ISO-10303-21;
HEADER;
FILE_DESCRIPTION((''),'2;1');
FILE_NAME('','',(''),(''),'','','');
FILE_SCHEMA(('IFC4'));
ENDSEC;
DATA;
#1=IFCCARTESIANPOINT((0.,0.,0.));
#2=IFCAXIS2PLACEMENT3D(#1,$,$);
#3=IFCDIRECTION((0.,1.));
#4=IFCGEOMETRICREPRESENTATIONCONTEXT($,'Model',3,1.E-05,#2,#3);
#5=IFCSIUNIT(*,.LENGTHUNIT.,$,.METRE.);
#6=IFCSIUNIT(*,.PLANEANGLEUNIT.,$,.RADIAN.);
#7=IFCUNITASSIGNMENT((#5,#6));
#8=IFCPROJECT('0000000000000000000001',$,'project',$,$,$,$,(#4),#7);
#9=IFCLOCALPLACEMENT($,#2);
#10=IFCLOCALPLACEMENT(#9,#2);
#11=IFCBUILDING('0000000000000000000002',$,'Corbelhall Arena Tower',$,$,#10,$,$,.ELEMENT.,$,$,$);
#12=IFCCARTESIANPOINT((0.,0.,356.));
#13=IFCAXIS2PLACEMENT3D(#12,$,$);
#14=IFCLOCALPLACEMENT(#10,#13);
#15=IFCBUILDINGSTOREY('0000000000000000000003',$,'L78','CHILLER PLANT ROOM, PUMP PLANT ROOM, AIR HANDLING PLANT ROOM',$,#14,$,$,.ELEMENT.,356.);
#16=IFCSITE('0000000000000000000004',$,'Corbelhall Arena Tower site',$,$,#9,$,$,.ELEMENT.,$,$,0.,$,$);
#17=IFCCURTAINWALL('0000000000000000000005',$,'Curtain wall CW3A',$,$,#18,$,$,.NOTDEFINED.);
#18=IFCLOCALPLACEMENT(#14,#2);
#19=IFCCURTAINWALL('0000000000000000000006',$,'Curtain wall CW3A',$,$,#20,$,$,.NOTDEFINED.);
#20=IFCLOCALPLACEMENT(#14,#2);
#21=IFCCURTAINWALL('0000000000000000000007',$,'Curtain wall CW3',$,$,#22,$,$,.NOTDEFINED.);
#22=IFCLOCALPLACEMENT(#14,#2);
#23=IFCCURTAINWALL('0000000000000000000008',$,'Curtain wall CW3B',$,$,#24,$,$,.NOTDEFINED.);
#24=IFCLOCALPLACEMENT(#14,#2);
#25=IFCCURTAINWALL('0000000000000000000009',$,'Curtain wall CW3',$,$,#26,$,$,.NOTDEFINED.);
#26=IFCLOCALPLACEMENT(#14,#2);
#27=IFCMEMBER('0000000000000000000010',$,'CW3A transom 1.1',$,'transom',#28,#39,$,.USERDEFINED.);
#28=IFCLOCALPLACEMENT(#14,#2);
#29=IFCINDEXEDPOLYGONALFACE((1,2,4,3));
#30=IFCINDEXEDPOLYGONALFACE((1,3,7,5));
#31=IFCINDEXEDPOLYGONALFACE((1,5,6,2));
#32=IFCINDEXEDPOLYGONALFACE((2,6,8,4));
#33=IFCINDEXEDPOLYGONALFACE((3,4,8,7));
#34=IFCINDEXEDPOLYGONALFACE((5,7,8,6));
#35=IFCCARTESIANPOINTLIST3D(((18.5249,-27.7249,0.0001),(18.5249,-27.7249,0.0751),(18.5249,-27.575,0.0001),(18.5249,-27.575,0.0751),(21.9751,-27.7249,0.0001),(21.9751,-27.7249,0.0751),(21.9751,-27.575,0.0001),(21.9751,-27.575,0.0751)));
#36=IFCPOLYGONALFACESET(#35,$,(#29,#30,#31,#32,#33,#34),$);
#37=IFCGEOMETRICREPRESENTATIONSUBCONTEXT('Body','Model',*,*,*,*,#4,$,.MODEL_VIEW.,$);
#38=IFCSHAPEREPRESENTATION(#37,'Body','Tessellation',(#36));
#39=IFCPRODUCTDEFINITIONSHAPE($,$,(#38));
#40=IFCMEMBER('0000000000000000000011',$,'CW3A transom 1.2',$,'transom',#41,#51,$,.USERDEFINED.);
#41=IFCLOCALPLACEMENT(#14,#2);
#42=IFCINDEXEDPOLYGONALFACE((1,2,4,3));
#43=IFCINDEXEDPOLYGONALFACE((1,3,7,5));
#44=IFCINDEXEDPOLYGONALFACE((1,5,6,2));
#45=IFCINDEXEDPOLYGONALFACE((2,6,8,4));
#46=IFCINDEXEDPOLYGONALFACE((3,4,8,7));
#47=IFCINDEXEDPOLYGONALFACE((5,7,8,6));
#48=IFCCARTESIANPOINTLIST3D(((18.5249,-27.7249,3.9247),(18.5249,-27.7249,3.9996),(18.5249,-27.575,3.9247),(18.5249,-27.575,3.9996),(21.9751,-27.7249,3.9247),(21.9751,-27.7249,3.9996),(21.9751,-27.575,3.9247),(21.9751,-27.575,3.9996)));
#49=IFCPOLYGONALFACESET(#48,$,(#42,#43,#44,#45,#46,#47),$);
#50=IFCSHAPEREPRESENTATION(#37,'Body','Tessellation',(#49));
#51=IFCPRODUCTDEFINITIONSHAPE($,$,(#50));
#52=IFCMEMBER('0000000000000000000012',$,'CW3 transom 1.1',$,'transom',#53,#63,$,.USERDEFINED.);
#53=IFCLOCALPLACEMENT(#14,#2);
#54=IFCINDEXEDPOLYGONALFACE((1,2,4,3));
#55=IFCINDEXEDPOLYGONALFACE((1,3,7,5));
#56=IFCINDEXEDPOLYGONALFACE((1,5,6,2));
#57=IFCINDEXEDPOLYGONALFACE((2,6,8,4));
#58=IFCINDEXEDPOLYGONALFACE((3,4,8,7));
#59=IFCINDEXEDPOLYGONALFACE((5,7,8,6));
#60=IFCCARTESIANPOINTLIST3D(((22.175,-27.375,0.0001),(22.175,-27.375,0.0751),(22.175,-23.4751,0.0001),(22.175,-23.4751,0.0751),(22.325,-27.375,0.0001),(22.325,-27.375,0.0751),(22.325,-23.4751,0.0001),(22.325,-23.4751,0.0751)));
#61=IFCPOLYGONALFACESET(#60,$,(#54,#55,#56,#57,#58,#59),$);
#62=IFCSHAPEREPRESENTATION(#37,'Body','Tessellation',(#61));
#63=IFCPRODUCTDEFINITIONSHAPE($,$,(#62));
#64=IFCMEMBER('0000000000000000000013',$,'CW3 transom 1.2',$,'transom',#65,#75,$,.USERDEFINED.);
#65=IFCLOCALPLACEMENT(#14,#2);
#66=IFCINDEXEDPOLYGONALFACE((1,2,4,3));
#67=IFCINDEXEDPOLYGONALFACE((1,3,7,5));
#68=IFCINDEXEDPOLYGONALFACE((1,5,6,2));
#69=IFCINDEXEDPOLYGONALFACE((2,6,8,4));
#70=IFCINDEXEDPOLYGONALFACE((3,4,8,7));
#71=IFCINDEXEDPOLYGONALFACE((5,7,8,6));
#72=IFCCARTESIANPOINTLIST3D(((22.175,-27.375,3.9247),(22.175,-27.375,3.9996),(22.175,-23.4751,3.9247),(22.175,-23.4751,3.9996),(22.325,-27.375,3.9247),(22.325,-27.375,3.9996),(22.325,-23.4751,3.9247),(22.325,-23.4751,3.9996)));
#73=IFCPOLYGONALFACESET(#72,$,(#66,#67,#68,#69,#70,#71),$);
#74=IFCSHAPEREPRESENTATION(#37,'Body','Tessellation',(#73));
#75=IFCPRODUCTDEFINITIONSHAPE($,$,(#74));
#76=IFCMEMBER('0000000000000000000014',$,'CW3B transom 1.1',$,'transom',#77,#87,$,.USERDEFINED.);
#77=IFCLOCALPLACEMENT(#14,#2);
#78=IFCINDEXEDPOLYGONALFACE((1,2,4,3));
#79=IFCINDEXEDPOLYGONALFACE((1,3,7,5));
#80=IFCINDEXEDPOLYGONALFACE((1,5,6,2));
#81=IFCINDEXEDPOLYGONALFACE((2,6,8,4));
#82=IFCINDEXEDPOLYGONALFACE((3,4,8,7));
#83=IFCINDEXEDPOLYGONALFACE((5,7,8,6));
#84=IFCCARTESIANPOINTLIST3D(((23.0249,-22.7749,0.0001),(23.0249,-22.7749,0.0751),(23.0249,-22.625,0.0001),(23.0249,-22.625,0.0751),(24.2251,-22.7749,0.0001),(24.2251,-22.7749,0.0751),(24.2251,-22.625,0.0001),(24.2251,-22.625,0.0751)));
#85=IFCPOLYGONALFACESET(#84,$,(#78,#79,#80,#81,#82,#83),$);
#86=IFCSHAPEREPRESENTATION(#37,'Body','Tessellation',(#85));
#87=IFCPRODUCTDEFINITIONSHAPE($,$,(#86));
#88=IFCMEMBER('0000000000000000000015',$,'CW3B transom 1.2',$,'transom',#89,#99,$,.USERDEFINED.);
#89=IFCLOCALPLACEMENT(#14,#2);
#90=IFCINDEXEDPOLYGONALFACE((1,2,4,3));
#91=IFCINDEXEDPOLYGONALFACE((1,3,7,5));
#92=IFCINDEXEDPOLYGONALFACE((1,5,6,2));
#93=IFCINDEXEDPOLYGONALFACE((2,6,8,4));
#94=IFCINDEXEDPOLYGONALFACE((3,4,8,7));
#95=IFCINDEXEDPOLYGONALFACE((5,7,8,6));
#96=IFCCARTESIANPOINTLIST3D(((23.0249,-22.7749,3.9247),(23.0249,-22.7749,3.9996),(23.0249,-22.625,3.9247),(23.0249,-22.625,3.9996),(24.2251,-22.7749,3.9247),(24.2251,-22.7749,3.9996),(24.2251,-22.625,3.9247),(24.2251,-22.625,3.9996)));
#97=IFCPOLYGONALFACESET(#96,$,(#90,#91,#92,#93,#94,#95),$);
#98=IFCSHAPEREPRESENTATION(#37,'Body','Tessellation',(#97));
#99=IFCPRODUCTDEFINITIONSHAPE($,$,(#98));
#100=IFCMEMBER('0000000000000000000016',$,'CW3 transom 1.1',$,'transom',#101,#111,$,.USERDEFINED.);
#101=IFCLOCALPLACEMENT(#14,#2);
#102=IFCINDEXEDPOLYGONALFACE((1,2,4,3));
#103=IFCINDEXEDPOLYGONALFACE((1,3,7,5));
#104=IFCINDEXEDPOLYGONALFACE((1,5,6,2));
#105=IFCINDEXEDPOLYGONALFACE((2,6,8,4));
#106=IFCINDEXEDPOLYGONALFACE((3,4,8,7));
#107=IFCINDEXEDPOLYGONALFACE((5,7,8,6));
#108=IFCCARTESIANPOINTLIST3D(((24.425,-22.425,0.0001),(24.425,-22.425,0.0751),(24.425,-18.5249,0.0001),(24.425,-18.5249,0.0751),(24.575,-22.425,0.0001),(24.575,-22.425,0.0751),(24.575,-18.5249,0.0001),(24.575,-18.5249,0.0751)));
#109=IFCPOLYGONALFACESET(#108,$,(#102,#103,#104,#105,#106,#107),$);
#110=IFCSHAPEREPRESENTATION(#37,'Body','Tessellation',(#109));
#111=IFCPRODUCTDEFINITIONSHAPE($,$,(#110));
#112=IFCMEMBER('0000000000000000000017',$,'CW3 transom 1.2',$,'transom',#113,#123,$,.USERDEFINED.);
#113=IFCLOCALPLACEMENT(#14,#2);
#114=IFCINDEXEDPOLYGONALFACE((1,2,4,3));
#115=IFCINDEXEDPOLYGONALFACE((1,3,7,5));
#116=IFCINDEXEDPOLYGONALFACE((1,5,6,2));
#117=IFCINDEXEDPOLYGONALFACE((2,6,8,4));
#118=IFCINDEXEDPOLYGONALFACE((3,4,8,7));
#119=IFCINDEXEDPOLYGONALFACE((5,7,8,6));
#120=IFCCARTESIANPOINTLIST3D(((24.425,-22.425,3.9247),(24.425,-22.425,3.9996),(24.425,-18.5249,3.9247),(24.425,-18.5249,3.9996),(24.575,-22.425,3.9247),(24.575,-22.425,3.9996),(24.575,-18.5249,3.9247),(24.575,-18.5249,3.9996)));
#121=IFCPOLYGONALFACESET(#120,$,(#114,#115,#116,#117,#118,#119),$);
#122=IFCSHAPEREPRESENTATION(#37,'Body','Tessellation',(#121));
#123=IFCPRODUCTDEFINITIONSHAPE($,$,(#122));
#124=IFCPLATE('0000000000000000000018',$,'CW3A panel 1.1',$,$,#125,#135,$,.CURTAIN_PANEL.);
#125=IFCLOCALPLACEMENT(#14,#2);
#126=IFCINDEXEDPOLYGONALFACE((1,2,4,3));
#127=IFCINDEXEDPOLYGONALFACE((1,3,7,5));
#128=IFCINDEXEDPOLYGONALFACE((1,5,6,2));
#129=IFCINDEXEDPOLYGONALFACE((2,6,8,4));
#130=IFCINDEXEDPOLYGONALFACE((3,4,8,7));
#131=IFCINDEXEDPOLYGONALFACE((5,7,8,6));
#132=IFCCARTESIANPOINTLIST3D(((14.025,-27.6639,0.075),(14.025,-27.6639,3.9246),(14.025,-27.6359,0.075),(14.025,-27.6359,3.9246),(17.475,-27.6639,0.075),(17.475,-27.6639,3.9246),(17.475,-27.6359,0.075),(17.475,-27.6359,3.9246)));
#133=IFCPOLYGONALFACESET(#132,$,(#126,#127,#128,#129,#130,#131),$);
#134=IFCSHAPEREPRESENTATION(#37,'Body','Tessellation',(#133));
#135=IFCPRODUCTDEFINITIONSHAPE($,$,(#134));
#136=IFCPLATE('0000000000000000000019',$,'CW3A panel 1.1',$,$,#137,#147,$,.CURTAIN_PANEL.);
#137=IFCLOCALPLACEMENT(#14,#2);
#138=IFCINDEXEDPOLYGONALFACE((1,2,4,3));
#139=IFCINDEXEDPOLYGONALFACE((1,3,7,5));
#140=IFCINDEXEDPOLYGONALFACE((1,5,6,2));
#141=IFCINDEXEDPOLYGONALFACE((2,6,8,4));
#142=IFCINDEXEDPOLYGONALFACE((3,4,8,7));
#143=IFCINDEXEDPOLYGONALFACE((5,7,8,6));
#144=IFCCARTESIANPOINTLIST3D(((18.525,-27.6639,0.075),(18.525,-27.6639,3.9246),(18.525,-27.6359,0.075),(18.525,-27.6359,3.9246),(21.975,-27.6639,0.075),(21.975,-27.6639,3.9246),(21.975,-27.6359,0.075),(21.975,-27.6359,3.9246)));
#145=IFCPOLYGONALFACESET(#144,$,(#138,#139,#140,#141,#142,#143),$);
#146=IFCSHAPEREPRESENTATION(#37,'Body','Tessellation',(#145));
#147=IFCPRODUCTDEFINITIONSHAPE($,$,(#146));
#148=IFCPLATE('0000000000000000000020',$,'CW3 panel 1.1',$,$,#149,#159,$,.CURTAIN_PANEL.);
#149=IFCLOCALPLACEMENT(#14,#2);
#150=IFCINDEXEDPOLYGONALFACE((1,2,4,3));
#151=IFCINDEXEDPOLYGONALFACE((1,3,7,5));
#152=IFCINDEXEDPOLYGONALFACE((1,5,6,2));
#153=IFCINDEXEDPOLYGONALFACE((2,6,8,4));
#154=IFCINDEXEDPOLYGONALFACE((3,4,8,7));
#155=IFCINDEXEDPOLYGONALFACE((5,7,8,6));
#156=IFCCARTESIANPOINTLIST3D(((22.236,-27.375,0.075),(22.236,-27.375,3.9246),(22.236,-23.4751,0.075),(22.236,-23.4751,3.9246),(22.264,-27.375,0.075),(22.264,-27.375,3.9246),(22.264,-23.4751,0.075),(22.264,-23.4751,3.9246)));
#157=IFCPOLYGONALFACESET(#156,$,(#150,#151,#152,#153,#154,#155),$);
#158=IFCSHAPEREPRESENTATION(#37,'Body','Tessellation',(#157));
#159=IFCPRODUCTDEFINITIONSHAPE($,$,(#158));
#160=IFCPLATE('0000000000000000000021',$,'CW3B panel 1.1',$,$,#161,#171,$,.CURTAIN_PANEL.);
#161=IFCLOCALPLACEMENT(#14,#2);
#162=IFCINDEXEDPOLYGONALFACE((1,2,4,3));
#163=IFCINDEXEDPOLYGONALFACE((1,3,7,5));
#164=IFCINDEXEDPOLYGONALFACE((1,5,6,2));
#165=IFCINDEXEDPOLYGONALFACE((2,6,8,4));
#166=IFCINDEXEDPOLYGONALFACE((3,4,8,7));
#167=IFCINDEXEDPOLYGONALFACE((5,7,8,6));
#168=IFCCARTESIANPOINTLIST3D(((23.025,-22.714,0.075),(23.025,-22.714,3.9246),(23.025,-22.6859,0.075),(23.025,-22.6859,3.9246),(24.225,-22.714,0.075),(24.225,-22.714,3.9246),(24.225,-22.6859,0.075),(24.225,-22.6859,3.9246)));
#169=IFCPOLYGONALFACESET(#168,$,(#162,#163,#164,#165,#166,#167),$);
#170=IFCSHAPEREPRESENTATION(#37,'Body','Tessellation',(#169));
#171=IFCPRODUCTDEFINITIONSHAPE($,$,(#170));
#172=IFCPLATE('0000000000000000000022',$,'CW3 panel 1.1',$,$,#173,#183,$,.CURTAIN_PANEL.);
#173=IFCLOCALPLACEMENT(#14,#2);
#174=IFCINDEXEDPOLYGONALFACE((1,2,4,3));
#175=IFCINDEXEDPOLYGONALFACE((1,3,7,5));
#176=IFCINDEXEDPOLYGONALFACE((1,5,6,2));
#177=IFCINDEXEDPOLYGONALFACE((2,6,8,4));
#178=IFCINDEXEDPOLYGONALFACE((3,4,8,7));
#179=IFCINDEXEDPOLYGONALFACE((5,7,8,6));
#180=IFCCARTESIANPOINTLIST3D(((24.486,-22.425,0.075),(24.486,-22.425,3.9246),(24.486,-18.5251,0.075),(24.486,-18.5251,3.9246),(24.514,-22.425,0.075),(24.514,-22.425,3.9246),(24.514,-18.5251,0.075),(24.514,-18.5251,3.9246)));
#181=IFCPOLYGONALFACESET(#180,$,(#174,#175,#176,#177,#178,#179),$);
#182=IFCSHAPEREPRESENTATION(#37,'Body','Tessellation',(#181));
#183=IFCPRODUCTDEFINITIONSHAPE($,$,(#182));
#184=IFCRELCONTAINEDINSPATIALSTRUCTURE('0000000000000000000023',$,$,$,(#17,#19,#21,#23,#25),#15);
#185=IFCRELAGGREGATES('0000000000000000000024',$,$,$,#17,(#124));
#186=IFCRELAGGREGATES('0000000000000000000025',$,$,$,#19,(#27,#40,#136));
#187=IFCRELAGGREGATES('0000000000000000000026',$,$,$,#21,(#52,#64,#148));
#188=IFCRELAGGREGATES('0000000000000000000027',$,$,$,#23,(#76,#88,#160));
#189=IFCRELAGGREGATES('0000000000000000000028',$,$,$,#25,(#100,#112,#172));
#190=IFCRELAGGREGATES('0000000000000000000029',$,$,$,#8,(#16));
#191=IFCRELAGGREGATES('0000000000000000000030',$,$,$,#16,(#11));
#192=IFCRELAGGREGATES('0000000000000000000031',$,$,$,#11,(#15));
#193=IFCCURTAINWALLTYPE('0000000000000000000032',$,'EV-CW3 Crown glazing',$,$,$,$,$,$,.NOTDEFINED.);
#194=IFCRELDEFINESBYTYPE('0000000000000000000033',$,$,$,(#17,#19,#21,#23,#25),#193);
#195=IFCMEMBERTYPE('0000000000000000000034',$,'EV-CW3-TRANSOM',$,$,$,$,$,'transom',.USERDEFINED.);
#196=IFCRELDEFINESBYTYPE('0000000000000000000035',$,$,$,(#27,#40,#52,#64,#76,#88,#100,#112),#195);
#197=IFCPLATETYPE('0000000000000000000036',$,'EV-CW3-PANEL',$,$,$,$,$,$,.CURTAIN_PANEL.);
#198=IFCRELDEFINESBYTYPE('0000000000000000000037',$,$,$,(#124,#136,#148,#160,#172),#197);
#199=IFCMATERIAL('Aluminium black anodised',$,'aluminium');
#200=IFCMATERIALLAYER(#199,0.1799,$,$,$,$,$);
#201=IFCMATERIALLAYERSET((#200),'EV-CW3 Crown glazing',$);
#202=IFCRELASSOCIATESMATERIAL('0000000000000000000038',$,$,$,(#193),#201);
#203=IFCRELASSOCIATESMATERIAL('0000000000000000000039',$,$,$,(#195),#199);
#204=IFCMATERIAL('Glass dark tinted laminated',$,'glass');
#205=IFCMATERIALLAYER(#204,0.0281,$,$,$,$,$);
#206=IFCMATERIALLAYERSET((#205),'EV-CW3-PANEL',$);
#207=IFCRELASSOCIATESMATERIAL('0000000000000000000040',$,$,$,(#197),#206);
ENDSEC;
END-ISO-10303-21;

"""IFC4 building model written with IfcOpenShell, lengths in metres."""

from ifc_helpers import new_model, si_unit, direction, frame, origin, origin_2d, place, context, subcontext, project, spatial, rectangle, extrude, material, layer, layer_set, material_profile, profile_set, type_object, element, aggregate, save


model = new_model("IFC4")

# Units and contexts
model_context = context("Model", 3, precision=1e-05, world=origin(), true_north=direction((0.0, 1.0)))
body_context = subcontext(model_context, "Body", "Model", "MODEL_VIEW")
ifc_project = project(units=[si_unit("LENGTHUNIT", "METRE"), si_unit("PLANEANGLEUNIT", "RADIAN")], contexts=[model_context])

# Site, building, storey
site_placement = place(None, origin())
site = spatial("IfcSite", under=ifc_project, at=site_placement, Name="Corbelhall Arena Tower site", CompositionType="ELEMENT", RefElevation=0.0)
building_placement = place(site_placement, origin())
building = spatial("IfcBuilding", under=site, at=building_placement, Name="Corbelhall Arena Tower", CompositionType="ELEMENT")
storey_placement = place(building_placement, frame((0.0, 0.0, 356.0)))
storey = spatial("IfcBuildingStorey", under=building, at=storey_placement, Name="L78", Description="CHILLER PLANT ROOM, PUMP PLANT ROOM, AIR HANDLING PLANT ROOM", CompositionType="ELEMENT", Elevation=356.0)

# Curtain wall
ifc_material_1 = material(Name="Aluminium black anodised", Category="aluminium")
ifc_layer_1 = layer(ifc_material_1, 0.1799)
ifc_layer_set_1 = layer_set([ifc_layer_1], Name="EV-CW3 Crown glazing")
curtain_wall_type = type_object("IfcCurtainWallType", Name="EV-CW3 Crown glazing", PredefinedType="NOTDEFINED", material=ifc_layer_set_1)
curtain_wall_1_placement = place(storey_placement, origin())
curtain_wall_1 = element("IfcCurtainWall", 1, at=curtain_wall_1_placement, inside=storey, type_object=curtain_wall_type, Name="Curtain wall CW3A", PredefinedType="NOTDEFINED")

# Curtain walls
curtain_wall_2_placement = place(storey_placement, origin())
curtain_wall_2 = element("IfcCurtainWall", 2, at=curtain_wall_2_placement, inside=storey, type_object=curtain_wall_type, Name="Curtain wall CW3A", PredefinedType="NOTDEFINED")
curtain_wall_3_placement = place(storey_placement, origin())
curtain_wall_3 = element("IfcCurtainWall", 3, at=curtain_wall_3_placement, inside=storey, type_object=curtain_wall_type, Name="Curtain wall CW3", PredefinedType="NOTDEFINED")
curtain_wall_4_placement = place(storey_placement, origin())
curtain_wall_4 = element("IfcCurtainWall", 4, at=curtain_wall_4_placement, inside=storey, type_object=curtain_wall_type, Name="Curtain wall CW3B", PredefinedType="NOTDEFINED")
curtain_wall_5_placement = place(storey_placement, origin())
curtain_wall_5 = element("IfcCurtainWall", 5, at=curtain_wall_5_placement, inside=storey, type_object=curtain_wall_type, Name="Curtain wall CW3", PredefinedType="NOTDEFINED")

# Members
ifc_material_profile_1 = material_profile(ifc_material_1, rectangle(XDim=0.1499, YDim=0.075, at=origin_2d()))
ifc_profile_set_1 = profile_set([ifc_material_profile_1], Name="Aluminium black anodised")
member_type_1 = type_object("IfcMemberType", Name="EV-CW3-TRANSOM", ElementType="transom", PredefinedType="USERDEFINED", material=ifc_profile_set_1)
member_1_placement = place(storey_placement, frame((18.5249, -27.6499, 0.0376), z_axis=(1.0, 0.0, 0.0), x_axis=(0.0, 1.0, 0.0)))
member_1 = element("IfcMember", 6, at=member_1_placement, type_object=member_type_1, Name="CW3A transom 1.1", ObjectType="transom", PredefinedType="USERDEFINED", context=body_context, shape_type="SweptSolid", body=[
    extrude(rectangle(XDim=0.1499, YDim=0.075, at=origin_2d()), origin(), (0.0, 0.0, 1.0), 3.4502),
])
member_2_placement = place(storey_placement, frame((18.5249, -27.6499, 3.9622), z_axis=(1.0, 0.0, 0.0), x_axis=(0.0, 1.0, 0.0)))
member_2 = element("IfcMember", 7, at=member_2_placement, type_object=member_type_1, Name="CW3A transom 1.2", ObjectType="transom", PredefinedType="USERDEFINED", context=body_context, shape_type="SweptSolid", body=[
    extrude(rectangle(XDim=0.1499, YDim=0.075, at=origin_2d()), origin(), (0.0, 0.0, 1.0), 3.4502),
])
member_3_placement = place(storey_placement, frame((22.25, -27.375, 0.0376), z_axis=(0.0, 1.0, 0.0), x_axis=(-1.0, 0.0, 0.0)))
member_3 = element("IfcMember", 8, at=member_3_placement, type_object=member_type_1, Name="CW3 transom 1.1", ObjectType="transom", PredefinedType="USERDEFINED", context=body_context, shape_type="SweptSolid", body=[
    extrude(rectangle(XDim=0.1499, YDim=0.075, at=origin_2d()), origin(), (0.0, 0.0, 1.0), 3.8999),
])
member_4_placement = place(storey_placement, frame((22.25, -27.375, 3.9622), z_axis=(0.0, 1.0, 0.0), x_axis=(-1.0, 0.0, 0.0)))
member_4 = element("IfcMember", 9, at=member_4_placement, type_object=member_type_1, Name="CW3 transom 1.2", ObjectType="transom", PredefinedType="USERDEFINED", context=body_context, shape_type="SweptSolid", body=[
    extrude(rectangle(XDim=0.1499, YDim=0.075, at=origin_2d()), origin(), (0.0, 0.0, 1.0), 3.8999),
])
member_5_placement = place(storey_placement, frame((23.0249, -22.7, 0.0376), z_axis=(1.0, 0.0, 0.0), x_axis=(0.0, 1.0, 0.0)))
member_5 = element("IfcMember", 10, at=member_5_placement, type_object=member_type_1, Name="CW3B transom 1.1", ObjectType="transom", PredefinedType="USERDEFINED", context=body_context, shape_type="SweptSolid", body=[
    extrude(rectangle(XDim=0.1499, YDim=0.075, at=origin_2d()), origin(), (0.0, 0.0, 1.0), 1.2002),
])
member_6_placement = place(storey_placement, frame((23.0249, -22.7, 3.9622), z_axis=(1.0, 0.0, 0.0), x_axis=(0.0, 1.0, 0.0)))
member_6 = element("IfcMember", 11, at=member_6_placement, type_object=member_type_1, Name="CW3B transom 1.2", ObjectType="transom", PredefinedType="USERDEFINED", context=body_context, shape_type="SweptSolid", body=[
    extrude(rectangle(XDim=0.1499, YDim=0.075, at=origin_2d()), origin(), (0.0, 0.0, 1.0), 1.2002),
])
member_7_placement = place(storey_placement, frame((24.5, -22.425, 0.0376), z_axis=(0.0, 1.0, 0.0), x_axis=(-1.0, 0.0, 0.0)))
member_7 = element("IfcMember", 12, at=member_7_placement, type_object=member_type_1, Name="CW3 transom 1.1", ObjectType="transom", PredefinedType="USERDEFINED", context=body_context, shape_type="SweptSolid", body=[
    extrude(rectangle(XDim=0.1499, YDim=0.075, at=origin_2d()), origin(), (0.0, 0.0, 1.0), 3.9001),
])
member_8_placement = place(storey_placement, frame((24.5, -22.425, 3.9622), z_axis=(0.0, 1.0, 0.0), x_axis=(-1.0, 0.0, 0.0)))
member_8 = element("IfcMember", 13, at=member_8_placement, type_object=member_type_1, Name="CW3 transom 1.2", ObjectType="transom", PredefinedType="USERDEFINED", context=body_context, shape_type="SweptSolid", body=[
    extrude(rectangle(XDim=0.1499, YDim=0.075, at=origin_2d()), origin(), (0.0, 0.0, 1.0), 3.9001),
])

# Plates
ifc_material_2 = material(Name="Glass dark tinted laminated", Category="glass")
ifc_layer_2 = layer(ifc_material_2, 0.0281)
ifc_layer_set_2 = layer_set([ifc_layer_2], Name="EV-CW3-PANEL")
plate_type = type_object("IfcPlateType", Name="EV-CW3-PANEL", PredefinedType="CURTAIN_PANEL", material=ifc_layer_set_2)
plate_1_placement = place(storey_placement, frame((15.75, -27.6499, 0.075), z_axis=(0.0, 0.0, 1.0), x_axis=(1.0, 0.0, 0.0)))
plate_1 = element("IfcPlate", 14, at=plate_1_placement, type_object=plate_type, Name="CW3A panel 1.1", PredefinedType="CURTAIN_PANEL", context=body_context, shape_type="SweptSolid", body=[
    extrude(rectangle(XDim=3.45, YDim=0.0281, at=origin_2d()), origin(), (0.0, 0.0, 1.0), 3.8496),
])
aggregate(curtain_wall_1, [plate_1])
plate_2_placement = place(storey_placement, frame((20.25, -27.6499, 0.075), z_axis=(0.0, 0.0, 1.0), x_axis=(1.0, 0.0, 0.0)))
plate_2 = element("IfcPlate", 15, at=plate_2_placement, type_object=plate_type, Name="CW3A panel 1.1", PredefinedType="CURTAIN_PANEL", context=body_context, shape_type="SweptSolid", body=[
    extrude(rectangle(XDim=3.45, YDim=0.0281, at=origin_2d()), origin(), (0.0, 0.0, 1.0), 3.8496),
])
aggregate(curtain_wall_2, [member_1, member_2, plate_2])
plate_3_placement = place(storey_placement, frame((22.25, -25.425, 0.075), z_axis=(0.0, 0.0, 1.0), x_axis=(0.0, 1.0, 0.0)))
plate_3 = element("IfcPlate", 16, at=plate_3_placement, type_object=plate_type, Name="CW3 panel 1.1", PredefinedType="CURTAIN_PANEL", context=body_context, shape_type="SweptSolid", body=[
    extrude(rectangle(XDim=3.8999, YDim=0.0281, at=origin_2d()), origin(), (0.0, 0.0, 1.0), 3.8496),
])
aggregate(curtain_wall_3, [member_3, member_4, plate_3])
plate_4_placement = place(storey_placement, frame((23.625, -22.7, 0.075), z_axis=(0.0, 0.0, 1.0), x_axis=(1.0, 0.0, 0.0)))
plate_4 = element("IfcPlate", 17, at=plate_4_placement, type_object=plate_type, Name="CW3B panel 1.1", PredefinedType="CURTAIN_PANEL", context=body_context, shape_type="SweptSolid", body=[
    extrude(rectangle(XDim=1.2, YDim=0.0281, at=origin_2d()), origin(), (0.0, 0.0, 1.0), 3.8496),
])
aggregate(curtain_wall_4, [member_5, member_6, plate_4])
plate_5_placement = place(storey_placement, frame((24.5, -20.4751, 0.075), z_axis=(0.0, 0.0, 1.0), x_axis=(0.0, 1.0, 0.0)))
plate_5 = element("IfcPlate", 18, at=plate_5_placement, type_object=plate_type, Name="CW3 panel 1.1", PredefinedType="CURTAIN_PANEL", context=body_context, shape_type="SweptSolid", body=[
    extrude(rectangle(XDim=3.8999, YDim=0.0281, at=origin_2d()), origin(), (0.0, 0.0, 1.0), 3.8496),
])
aggregate(curtain_wall_5, [member_7, member_8, plate_5])

save(model, "model.ifc")
